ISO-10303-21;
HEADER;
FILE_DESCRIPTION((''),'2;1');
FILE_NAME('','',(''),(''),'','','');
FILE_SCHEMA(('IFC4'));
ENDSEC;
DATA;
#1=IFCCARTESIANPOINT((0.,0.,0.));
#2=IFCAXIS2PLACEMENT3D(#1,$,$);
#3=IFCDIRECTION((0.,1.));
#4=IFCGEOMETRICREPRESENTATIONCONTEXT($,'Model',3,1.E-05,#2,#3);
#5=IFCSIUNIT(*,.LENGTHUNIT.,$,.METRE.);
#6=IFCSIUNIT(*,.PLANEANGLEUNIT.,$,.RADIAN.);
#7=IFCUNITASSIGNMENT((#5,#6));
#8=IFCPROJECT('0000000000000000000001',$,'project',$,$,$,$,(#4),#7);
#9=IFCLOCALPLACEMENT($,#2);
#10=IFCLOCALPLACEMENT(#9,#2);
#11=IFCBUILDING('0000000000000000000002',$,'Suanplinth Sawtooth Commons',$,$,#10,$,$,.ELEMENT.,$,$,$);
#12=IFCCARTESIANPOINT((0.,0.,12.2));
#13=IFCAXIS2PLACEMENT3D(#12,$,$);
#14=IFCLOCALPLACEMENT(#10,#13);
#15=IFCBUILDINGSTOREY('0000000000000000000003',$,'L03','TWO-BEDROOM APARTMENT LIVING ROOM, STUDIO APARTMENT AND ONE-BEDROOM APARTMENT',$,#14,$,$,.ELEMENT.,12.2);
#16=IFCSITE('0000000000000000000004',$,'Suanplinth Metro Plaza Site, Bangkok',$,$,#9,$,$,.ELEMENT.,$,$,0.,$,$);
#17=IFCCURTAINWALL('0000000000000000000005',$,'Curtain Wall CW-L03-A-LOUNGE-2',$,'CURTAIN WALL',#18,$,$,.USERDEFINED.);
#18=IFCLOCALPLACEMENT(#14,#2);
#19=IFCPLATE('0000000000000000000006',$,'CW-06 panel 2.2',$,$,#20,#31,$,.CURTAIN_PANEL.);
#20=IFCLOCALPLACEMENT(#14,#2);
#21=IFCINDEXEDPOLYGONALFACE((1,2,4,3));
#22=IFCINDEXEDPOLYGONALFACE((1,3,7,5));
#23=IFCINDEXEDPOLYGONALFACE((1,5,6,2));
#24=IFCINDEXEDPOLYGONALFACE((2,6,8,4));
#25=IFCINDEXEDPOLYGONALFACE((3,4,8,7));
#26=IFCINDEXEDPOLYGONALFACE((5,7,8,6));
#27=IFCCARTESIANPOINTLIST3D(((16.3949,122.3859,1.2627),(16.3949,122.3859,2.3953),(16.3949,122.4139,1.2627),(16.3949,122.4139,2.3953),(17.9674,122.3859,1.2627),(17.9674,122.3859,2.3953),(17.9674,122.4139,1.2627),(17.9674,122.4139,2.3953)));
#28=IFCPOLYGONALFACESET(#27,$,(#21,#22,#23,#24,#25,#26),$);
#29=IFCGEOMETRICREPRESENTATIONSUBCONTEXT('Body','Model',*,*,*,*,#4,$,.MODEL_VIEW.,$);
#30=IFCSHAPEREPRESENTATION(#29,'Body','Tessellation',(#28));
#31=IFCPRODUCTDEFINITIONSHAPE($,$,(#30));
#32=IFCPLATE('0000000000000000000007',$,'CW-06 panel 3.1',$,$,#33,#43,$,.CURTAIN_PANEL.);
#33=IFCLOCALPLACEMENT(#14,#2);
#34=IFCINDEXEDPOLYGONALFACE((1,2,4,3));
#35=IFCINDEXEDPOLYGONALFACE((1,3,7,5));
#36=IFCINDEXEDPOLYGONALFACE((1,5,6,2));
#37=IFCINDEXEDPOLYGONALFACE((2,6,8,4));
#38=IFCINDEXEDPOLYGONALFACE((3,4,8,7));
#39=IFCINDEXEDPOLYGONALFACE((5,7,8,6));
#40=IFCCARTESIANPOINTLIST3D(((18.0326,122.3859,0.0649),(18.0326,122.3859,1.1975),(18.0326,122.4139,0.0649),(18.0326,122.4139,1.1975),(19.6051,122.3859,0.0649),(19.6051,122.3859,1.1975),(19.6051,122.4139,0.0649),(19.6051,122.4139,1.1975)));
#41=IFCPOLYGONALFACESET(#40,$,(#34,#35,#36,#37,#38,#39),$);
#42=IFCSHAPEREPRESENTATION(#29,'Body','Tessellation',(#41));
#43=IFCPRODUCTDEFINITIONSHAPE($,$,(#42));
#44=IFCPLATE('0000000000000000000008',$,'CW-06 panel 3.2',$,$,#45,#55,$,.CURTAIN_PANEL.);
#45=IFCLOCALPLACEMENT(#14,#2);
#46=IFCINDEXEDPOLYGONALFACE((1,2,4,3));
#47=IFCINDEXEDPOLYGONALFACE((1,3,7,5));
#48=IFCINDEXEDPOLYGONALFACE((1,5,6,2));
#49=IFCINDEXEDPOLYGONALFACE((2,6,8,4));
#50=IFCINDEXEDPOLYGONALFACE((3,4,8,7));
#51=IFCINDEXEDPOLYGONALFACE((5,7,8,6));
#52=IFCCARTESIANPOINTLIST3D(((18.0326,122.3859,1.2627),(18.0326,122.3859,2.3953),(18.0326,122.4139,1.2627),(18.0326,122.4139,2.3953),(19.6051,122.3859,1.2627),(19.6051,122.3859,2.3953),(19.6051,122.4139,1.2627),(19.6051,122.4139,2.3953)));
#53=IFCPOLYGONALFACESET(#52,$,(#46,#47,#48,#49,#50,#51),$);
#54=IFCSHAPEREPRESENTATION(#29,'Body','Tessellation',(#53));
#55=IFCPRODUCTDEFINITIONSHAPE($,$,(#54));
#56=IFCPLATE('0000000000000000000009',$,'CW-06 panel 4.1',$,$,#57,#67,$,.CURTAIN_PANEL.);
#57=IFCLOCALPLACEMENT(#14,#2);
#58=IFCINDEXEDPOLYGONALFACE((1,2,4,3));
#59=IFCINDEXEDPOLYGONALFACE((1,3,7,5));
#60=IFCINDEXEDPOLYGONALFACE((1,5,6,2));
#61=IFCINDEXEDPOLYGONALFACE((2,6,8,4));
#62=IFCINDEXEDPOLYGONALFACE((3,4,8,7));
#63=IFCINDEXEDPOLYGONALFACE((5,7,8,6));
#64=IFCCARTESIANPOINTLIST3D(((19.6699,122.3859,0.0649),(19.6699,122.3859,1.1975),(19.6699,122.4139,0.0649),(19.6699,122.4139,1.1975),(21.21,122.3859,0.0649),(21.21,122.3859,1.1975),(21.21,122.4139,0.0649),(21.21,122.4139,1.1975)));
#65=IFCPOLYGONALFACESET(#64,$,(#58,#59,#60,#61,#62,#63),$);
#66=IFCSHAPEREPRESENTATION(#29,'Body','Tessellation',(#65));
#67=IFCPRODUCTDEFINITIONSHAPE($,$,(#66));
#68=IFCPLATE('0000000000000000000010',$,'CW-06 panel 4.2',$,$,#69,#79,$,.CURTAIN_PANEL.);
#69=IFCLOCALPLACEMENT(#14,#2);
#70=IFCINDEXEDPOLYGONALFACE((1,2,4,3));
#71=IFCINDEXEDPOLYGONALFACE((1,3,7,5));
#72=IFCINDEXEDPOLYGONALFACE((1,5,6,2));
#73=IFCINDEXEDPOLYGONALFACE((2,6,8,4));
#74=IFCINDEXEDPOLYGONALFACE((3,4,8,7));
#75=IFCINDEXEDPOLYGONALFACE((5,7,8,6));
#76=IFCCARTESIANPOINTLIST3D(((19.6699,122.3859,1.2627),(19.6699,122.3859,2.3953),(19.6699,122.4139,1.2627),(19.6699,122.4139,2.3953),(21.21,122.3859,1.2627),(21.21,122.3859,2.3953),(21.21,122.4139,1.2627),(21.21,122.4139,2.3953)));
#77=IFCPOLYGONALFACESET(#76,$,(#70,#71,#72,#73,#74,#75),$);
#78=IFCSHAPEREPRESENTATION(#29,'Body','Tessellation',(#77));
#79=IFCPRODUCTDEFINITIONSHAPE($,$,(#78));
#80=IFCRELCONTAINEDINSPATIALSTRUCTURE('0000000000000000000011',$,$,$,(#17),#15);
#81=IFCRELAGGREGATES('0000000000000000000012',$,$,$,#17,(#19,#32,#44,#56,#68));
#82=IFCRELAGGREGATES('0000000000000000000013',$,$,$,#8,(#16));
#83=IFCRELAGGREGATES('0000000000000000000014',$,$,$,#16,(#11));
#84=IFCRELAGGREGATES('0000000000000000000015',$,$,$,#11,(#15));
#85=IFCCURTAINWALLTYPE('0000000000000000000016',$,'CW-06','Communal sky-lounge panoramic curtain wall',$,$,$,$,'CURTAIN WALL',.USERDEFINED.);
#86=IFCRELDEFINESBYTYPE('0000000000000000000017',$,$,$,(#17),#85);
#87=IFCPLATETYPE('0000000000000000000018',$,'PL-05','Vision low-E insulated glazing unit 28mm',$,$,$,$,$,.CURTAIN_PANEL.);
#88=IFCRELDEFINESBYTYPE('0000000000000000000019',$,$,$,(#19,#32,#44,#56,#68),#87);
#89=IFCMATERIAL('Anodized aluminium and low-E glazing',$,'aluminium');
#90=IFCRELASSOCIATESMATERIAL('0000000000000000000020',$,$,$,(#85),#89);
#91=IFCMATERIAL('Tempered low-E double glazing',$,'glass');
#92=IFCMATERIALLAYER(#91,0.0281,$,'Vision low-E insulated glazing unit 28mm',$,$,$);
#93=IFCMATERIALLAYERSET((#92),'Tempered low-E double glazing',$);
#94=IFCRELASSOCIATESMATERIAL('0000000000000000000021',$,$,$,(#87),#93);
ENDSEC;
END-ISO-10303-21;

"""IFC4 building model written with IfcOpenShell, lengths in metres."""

from ifc_helpers import new_model, si_unit, direction, frame, origin, origin_2d, place, context, subcontext, project, spatial, rectangle, extrude, material, layer, layer_set, type_object, element, aggregate, save


model = new_model("IFC4")

# Units and contexts
model_context = context("Model", 3, precision=1e-05, world=origin(), true_north=direction((0.0, 1.0)))
body_context = subcontext(model_context, "Body", "Model", "MODEL_VIEW")
ifc_project = project(units=[si_unit("LENGTHUNIT", "METRE"), si_unit("PLANEANGLEUNIT", "RADIAN")], contexts=[model_context])

# Site, building, storey
site_placement = place(None, origin())
site = spatial("IfcSite", under=ifc_project, at=site_placement, Name="Suanplinth Metro Plaza Site, Bangkok", CompositionType="ELEMENT", RefElevation=0.0)
building_placement = place(site_placement, origin())
building = spatial("IfcBuilding", under=site, at=building_placement, Name="Suanplinth Sawtooth Commons", CompositionType="ELEMENT")
storey_placement = place(building_placement, frame((0.0, 0.0, 12.2)))
storey = spatial("IfcBuildingStorey", under=building, at=storey_placement, Name="L03", Description="TWO-BEDROOM APARTMENT LIVING ROOM, STUDIO APARTMENT AND ONE-BEDROOM APARTMENT", CompositionType="ELEMENT", Elevation=12.2)

# Curtain wall
ifc_material_1 = material(Name="Anodized aluminium and low-E glazing", Category="aluminium")
curtain_wall_type = type_object("IfcCurtainWallType", Name="CW-06", Description="Communal sky-lounge panoramic curtain wall", ElementType="CURTAIN WALL", PredefinedType="USERDEFINED", material=ifc_material_1)
curtain_wall_placement = place(storey_placement, origin())
curtain_wall = element("IfcCurtainWall", 1, at=curtain_wall_placement, inside=storey, type_object=curtain_wall_type, Name="Curtain Wall CW-L03-A-LOUNGE-2", ObjectType="CURTAIN WALL", PredefinedType="USERDEFINED")

# Plates
ifc_material_2 = material(Name="Tempered low-E double glazing", Category="glass")
ifc_layer_1 = layer(ifc_material_2, 0.0281, Name="Vision low-E insulated glazing unit 28mm")
ifc_layer_set_1 = layer_set([ifc_layer_1], Name="Tempered low-E double glazing")
plate_type_1 = type_object("IfcPlateType", Name="PL-05", Description="Vision low-E insulated glazing unit 28mm", PredefinedType="CURTAIN_PANEL", material=ifc_layer_set_1)
plate_1_placement = place(storey_placement, frame((17.1812, 122.3999, 1.2627), z_axis=(0.0, 0.0, 1.0), x_axis=(1.0, 0.0, 0.0)))
plate_1 = element("IfcPlate", 2, at=plate_1_placement, type_object=plate_type_1, Name="CW-06 panel 2.2", PredefinedType="CURTAIN_PANEL", context=body_context, shape_type="SweptSolid", body=[
    extrude(rectangle(XDim=1.5725, YDim=0.0281, at=origin_2d()), origin(), (0.0, 0.0, 1.0), 1.1326),
])
plate_2_placement = place(storey_placement, frame((18.8188, 122.3999, 0.0649), z_axis=(0.0, 0.0, 1.0), x_axis=(1.0, 0.0, 0.0)))
plate_2 = element("IfcPlate", 3, at=plate_2_placement, type_object=plate_type_1, Name="CW-06 panel 3.1", PredefinedType="CURTAIN_PANEL", context=body_context, shape_type="SweptSolid", body=[
    extrude(rectangle(XDim=1.5725, YDim=0.0281, at=origin_2d()), origin(), (0.0, 0.0, 1.0), 1.1326),
])
plate_3_placement = place(storey_placement, frame((18.8188, 122.3999, 1.2627), z_axis=(0.0, 0.0, 1.0), x_axis=(1.0, 0.0, 0.0)))
plate_3 = element("IfcPlate", 4, at=plate_3_placement, type_object=plate_type_1, Name="CW-06 panel 3.2", PredefinedType="CURTAIN_PANEL", context=body_context, shape_type="SweptSolid", body=[
    extrude(rectangle(XDim=1.5725, YDim=0.0281, at=origin_2d()), origin(), (0.0, 0.0, 1.0), 1.1326),
])
plate_4_placement = place(storey_placement, frame((20.4399, 122.3999, 0.0649), z_axis=(0.0, 0.0, 1.0), x_axis=(1.0, 0.0, 0.0)))
plate_4 = element("IfcPlate", 5, at=plate_4_placement, type_object=plate_type_1, Name="CW-06 panel 4.1", PredefinedType="CURTAIN_PANEL", context=body_context, shape_type="SweptSolid", body=[
    extrude(rectangle(XDim=1.54, YDim=0.0281, at=origin_2d()), origin(), (0.0, 0.0, 1.0), 1.1326),
])
plate_5_placement = place(storey_placement, frame((20.4399, 122.3999, 1.2627), z_axis=(0.0, 0.0, 1.0), x_axis=(1.0, 0.0, 0.0)))
plate_5 = element("IfcPlate", 6, at=plate_5_placement, type_object=plate_type_1, Name="CW-06 panel 4.2", PredefinedType="CURTAIN_PANEL", context=body_context, shape_type="SweptSolid", body=[
    extrude(rectangle(XDim=1.54, YDim=0.0281, at=origin_2d()), origin(), (0.0, 0.0, 1.0), 1.1326),
])
aggregate(curtain_wall, [plate_1, plate_2, plate_3, plate_4, plate_5])

save(model, "model.ifc")
